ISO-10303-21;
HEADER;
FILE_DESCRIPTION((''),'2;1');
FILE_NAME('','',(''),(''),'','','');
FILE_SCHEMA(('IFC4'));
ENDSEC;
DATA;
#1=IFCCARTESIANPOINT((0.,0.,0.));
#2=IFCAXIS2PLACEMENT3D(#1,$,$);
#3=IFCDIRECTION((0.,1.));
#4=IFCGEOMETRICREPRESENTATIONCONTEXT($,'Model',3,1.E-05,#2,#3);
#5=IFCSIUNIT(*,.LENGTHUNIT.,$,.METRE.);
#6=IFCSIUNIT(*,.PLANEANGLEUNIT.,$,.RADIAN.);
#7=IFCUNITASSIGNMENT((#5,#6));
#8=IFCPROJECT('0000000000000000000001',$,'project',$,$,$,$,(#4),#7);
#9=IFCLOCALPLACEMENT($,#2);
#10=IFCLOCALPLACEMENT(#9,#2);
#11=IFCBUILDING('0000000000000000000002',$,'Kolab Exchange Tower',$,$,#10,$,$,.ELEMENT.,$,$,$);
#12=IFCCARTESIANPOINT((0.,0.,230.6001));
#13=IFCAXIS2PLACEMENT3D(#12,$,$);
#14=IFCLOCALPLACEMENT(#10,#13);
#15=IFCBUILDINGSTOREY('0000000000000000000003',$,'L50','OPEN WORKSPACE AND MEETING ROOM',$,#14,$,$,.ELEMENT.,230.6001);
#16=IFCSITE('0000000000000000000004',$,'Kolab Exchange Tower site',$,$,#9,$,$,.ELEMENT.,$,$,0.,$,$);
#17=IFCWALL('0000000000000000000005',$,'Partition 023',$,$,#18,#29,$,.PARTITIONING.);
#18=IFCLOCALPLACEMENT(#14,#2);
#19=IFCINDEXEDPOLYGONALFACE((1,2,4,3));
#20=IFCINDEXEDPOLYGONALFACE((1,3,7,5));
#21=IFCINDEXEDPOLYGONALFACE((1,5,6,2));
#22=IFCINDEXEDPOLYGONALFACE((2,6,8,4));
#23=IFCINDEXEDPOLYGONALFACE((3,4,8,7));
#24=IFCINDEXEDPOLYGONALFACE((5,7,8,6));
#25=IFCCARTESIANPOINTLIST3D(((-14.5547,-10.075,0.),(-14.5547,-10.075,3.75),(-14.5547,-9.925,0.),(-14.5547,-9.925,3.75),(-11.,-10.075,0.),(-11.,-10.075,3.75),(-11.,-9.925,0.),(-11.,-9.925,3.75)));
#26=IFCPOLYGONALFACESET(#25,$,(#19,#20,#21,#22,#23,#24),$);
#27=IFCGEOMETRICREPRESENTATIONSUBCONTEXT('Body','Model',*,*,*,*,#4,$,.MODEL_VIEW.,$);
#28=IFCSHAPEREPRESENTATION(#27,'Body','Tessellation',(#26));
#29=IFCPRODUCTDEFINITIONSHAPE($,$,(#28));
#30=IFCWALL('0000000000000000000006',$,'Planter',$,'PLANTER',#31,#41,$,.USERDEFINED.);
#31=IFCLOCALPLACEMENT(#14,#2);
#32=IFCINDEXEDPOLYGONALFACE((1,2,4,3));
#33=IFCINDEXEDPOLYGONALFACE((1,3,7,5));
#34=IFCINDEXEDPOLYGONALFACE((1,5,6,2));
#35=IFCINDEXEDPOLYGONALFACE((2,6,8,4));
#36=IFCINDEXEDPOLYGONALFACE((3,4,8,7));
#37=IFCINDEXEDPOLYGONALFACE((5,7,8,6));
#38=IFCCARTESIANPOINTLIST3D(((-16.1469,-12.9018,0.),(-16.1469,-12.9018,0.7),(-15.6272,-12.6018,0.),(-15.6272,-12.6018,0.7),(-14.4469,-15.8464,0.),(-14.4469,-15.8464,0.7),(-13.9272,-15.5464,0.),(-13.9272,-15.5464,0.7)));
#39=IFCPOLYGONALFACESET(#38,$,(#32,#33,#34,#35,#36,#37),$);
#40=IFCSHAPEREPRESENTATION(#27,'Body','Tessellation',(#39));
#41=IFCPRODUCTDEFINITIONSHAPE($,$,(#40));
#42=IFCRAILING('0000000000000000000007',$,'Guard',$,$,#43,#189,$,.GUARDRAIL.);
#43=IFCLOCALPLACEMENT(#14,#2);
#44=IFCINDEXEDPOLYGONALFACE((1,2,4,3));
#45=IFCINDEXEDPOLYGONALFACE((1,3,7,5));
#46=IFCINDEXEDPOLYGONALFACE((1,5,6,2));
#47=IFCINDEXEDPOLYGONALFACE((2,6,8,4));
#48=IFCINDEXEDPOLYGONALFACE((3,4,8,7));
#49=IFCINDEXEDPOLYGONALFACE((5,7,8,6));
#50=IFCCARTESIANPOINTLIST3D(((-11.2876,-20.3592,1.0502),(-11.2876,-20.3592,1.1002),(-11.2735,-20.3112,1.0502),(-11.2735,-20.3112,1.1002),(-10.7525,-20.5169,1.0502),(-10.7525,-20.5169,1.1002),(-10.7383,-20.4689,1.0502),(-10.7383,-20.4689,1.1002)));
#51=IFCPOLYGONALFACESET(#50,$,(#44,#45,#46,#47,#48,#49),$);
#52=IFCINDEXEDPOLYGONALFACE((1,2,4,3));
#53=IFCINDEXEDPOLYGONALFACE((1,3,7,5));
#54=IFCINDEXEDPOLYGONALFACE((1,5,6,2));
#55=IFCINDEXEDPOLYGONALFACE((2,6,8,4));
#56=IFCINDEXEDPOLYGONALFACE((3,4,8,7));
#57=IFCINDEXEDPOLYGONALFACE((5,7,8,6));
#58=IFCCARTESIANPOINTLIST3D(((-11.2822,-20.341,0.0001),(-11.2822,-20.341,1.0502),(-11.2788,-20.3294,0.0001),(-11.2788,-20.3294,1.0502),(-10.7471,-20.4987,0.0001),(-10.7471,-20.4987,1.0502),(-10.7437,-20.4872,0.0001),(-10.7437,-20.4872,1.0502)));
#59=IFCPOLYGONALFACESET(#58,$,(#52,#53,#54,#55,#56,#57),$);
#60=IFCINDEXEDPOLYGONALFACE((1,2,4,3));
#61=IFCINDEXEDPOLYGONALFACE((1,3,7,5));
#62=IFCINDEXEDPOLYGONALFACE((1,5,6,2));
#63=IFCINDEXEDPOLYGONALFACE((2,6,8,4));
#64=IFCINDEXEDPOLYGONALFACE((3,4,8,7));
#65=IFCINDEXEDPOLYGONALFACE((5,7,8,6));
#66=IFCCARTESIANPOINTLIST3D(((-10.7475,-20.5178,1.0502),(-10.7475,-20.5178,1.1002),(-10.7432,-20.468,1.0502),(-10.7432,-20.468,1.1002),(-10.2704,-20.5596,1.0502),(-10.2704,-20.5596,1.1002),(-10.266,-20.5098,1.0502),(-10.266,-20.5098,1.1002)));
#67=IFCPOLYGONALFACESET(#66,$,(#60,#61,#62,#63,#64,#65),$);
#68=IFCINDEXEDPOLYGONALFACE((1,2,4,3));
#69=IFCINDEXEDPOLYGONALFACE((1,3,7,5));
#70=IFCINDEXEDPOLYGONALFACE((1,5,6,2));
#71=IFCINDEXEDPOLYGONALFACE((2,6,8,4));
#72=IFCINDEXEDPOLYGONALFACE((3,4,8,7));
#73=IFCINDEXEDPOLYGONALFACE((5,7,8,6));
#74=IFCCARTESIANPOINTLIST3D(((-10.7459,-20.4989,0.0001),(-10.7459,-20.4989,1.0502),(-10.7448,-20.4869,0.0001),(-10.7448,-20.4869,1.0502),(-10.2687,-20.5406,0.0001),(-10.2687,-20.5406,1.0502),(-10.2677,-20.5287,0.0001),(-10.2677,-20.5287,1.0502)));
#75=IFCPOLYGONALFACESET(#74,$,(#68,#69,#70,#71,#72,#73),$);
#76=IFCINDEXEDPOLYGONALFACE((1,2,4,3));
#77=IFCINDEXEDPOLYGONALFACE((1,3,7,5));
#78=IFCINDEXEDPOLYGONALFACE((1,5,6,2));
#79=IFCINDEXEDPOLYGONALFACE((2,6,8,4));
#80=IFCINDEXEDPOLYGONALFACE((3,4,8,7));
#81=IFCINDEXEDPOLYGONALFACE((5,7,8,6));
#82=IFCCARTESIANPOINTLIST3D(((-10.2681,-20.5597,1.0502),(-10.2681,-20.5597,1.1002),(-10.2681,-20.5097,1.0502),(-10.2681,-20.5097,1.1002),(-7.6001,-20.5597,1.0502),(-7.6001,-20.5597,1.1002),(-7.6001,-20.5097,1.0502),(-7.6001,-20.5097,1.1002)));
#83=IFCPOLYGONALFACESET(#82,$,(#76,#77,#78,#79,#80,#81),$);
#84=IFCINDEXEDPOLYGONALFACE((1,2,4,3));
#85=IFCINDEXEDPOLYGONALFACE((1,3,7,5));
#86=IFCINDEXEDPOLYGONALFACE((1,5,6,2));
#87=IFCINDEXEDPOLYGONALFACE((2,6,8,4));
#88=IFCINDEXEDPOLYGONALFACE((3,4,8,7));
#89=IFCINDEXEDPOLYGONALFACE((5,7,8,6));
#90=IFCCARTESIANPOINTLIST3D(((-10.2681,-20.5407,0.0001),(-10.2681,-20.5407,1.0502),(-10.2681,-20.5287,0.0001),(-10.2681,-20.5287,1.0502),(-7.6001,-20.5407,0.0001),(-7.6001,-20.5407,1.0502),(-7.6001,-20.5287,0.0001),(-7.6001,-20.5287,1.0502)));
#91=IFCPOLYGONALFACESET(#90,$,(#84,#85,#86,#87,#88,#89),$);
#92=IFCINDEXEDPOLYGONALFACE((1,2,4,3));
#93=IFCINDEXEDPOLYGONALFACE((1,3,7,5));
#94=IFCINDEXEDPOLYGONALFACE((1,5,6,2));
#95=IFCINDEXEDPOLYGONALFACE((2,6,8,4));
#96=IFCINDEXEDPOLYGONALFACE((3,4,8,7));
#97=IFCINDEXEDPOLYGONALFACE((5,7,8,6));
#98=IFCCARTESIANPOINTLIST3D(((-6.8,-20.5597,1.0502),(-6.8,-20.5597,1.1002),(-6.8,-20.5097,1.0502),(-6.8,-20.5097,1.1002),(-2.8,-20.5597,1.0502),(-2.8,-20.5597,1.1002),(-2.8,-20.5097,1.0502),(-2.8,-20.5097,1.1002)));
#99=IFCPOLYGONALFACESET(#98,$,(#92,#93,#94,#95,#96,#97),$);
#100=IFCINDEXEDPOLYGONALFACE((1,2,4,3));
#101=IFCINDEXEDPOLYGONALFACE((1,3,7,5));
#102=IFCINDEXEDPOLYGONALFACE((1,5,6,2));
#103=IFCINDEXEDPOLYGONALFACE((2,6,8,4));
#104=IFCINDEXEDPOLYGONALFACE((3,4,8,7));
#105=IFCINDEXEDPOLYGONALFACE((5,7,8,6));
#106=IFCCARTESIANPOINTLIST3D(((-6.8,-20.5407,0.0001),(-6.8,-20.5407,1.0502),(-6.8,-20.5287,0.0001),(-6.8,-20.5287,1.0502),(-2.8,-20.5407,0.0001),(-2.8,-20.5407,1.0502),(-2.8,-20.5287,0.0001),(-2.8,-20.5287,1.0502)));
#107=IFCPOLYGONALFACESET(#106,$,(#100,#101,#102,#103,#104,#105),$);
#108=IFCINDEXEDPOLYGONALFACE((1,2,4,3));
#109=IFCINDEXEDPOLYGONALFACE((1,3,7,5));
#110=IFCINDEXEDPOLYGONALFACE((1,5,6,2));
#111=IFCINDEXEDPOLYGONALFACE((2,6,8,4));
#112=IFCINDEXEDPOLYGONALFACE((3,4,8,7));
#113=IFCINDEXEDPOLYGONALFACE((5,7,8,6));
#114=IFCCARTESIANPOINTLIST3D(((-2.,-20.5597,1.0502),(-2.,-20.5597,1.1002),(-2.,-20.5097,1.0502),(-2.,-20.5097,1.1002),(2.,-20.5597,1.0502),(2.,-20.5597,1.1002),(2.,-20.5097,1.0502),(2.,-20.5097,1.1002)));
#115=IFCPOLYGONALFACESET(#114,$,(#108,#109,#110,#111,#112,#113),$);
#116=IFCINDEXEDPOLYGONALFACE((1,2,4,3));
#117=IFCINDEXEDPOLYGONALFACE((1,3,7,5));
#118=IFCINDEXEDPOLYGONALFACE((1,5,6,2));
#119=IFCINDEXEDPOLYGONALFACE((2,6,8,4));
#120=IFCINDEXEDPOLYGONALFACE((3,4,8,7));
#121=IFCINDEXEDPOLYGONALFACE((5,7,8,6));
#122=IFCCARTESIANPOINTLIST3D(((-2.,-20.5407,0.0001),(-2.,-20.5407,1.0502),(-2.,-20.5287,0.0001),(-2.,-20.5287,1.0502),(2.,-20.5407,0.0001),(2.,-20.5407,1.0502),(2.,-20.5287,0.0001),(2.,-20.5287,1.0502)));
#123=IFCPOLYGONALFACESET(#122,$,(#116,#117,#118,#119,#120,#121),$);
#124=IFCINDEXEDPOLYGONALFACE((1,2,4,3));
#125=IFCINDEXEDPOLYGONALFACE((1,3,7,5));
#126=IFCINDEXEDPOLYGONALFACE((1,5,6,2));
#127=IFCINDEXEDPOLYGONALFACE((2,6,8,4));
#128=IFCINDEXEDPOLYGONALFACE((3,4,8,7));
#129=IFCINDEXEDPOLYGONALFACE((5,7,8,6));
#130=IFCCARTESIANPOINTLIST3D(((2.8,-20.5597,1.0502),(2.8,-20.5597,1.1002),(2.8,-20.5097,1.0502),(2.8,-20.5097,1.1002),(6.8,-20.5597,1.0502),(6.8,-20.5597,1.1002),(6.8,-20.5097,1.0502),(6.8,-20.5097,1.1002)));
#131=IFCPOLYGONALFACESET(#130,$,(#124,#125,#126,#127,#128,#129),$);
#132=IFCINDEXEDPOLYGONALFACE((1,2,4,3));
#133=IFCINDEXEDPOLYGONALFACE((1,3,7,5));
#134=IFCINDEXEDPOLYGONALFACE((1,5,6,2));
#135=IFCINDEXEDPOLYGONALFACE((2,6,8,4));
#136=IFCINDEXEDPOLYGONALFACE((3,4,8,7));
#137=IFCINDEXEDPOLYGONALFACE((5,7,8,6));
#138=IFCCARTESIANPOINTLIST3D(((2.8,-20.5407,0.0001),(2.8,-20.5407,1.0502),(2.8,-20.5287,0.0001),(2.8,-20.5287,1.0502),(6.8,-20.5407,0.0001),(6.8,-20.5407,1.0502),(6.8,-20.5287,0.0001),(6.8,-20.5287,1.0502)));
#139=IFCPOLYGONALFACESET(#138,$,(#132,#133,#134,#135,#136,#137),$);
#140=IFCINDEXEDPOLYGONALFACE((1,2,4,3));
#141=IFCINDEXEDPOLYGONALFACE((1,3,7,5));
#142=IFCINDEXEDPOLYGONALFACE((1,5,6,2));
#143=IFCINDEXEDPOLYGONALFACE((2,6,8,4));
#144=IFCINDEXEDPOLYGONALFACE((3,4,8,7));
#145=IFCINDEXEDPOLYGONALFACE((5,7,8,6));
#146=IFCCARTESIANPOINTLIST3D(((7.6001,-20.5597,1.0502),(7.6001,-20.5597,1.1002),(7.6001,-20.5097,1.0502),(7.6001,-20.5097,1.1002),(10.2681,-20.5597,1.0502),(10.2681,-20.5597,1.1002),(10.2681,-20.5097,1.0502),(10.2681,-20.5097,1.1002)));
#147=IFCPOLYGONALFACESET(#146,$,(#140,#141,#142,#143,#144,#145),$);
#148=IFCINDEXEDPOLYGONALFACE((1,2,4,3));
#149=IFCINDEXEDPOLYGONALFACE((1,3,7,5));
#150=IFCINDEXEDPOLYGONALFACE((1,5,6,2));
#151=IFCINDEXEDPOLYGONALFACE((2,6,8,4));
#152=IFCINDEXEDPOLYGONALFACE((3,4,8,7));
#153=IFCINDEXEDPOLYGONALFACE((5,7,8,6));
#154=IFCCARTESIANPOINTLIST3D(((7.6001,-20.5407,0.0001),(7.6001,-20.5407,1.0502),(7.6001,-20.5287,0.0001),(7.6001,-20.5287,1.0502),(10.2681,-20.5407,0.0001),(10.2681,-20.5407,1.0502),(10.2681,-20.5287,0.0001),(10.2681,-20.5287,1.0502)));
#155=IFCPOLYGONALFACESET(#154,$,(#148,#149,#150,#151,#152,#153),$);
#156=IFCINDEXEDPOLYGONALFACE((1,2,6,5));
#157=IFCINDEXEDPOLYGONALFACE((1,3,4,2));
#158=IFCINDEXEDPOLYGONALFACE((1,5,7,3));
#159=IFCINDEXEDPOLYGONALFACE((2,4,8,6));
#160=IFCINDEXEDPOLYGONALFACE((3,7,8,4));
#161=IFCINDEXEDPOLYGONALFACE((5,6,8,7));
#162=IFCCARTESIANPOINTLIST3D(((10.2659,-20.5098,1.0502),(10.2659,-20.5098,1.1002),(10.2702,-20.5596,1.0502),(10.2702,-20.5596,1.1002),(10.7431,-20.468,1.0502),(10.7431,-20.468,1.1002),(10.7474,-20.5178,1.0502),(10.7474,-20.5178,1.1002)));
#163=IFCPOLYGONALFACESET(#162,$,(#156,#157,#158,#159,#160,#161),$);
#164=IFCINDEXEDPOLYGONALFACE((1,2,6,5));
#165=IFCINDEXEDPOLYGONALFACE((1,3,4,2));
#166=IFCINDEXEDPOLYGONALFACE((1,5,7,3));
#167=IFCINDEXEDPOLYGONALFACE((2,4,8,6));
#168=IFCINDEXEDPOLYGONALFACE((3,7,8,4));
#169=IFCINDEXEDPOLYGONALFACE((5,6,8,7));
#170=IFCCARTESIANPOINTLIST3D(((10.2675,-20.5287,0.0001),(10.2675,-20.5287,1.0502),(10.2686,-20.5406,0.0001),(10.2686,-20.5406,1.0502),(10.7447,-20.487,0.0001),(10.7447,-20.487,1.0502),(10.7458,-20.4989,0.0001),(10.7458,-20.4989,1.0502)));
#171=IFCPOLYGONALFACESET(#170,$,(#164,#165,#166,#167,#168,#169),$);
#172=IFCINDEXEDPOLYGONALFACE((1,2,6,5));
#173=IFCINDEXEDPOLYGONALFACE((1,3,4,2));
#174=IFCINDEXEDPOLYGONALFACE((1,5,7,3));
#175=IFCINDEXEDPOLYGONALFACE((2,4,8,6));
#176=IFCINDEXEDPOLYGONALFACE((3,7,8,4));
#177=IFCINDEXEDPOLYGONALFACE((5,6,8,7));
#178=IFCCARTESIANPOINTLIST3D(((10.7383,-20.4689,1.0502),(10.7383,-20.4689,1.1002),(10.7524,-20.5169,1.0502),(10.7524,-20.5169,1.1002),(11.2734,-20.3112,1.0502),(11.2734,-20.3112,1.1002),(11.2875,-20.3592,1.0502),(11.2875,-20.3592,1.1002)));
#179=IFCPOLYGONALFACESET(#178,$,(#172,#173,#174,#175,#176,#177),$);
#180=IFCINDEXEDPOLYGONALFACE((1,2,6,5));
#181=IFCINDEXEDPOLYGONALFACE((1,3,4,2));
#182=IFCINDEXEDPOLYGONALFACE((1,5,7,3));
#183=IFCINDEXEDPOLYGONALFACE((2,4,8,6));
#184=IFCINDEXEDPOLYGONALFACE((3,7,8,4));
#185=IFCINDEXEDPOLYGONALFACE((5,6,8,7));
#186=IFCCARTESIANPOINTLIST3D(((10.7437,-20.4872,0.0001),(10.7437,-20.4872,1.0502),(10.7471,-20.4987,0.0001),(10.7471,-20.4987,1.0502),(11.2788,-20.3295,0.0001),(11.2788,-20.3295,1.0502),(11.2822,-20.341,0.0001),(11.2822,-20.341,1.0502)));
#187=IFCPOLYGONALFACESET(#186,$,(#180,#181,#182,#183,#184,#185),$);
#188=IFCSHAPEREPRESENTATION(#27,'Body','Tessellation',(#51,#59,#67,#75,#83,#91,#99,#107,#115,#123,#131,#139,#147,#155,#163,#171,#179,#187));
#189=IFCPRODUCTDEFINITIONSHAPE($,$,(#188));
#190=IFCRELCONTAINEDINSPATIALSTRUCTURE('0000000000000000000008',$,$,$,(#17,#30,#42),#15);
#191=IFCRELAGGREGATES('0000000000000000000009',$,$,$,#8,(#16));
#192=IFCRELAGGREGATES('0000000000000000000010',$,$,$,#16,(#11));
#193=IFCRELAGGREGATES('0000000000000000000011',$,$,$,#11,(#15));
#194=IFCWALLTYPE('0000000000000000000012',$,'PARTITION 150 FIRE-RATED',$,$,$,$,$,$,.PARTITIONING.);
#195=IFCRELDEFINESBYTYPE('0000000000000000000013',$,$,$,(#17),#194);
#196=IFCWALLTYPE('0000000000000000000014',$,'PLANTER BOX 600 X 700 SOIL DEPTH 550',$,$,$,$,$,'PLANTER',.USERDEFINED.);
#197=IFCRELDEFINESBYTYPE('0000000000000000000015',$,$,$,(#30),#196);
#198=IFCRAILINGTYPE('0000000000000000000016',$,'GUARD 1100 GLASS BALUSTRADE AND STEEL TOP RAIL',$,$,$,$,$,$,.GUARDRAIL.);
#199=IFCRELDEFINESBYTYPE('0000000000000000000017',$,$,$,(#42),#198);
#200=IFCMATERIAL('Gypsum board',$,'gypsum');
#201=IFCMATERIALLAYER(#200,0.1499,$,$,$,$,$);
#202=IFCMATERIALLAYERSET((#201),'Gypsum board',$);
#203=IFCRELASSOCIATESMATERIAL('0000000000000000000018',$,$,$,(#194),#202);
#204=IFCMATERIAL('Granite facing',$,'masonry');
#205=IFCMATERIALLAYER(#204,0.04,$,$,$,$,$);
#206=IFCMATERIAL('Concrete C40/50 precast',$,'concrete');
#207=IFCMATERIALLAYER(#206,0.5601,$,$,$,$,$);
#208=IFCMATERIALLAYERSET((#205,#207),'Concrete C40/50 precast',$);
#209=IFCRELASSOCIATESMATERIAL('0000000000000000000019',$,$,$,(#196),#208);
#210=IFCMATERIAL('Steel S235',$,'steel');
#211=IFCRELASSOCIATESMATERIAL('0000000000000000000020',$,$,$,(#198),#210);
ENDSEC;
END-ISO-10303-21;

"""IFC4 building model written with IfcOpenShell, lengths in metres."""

from ifc_helpers import new_model, si_unit, direction, frame, frame_2d, origin, origin_2d, place, context, subcontext, project, spatial, rectangle, extrude, material, layer, layer_set, type_object, element, save


model = new_model("IFC4")

# Units and contexts
model_context = context("Model", 3, precision=1e-05, world=origin(), true_north=direction((0.0, 1.0)))
body_context = subcontext(model_context, "Body", "Model", "MODEL_VIEW")
ifc_project = project(units=[si_unit("LENGTHUNIT", "METRE"), si_unit("PLANEANGLEUNIT", "RADIAN")], contexts=[model_context])

# Site, building, storey
site_placement = place(None, origin())
site = spatial("IfcSite", under=ifc_project, at=site_placement, Name="Kolab Exchange Tower site", CompositionType="ELEMENT", RefElevation=0.0)
building_placement = place(site_placement, origin())
building = spatial("IfcBuilding", under=site, at=building_placement, Name="Kolab Exchange Tower", CompositionType="ELEMENT")
storey_placement = place(building_placement, frame((0.0, 0.0, 230.6001)))
storey = spatial("IfcBuildingStorey", under=building, at=storey_placement, Name="L50", Description="OPEN WORKSPACE AND MEETING ROOM", CompositionType="ELEMENT", Elevation=230.6001)

# Shared definitions
ifc_material_1 = material(Name="Gypsum board", Category="gypsum")
ifc_layer_1 = layer(ifc_material_1, 0.1499)
ifc_layer_set_1 = layer_set([ifc_layer_1], Name="Gypsum board")
wall_type_1 = type_object("IfcWallType", Name="PARTITION 150 FIRE-RATED", PredefinedType="PARTITIONING", material=ifc_layer_set_1)
ifc_material_2 = material(Name="Steel S235", Category="steel")

# Walls
wall_1_placement = place(storey_placement, frame((-14.5547, -10.0, 0.0), z_axis=(0.0, 0.0, 1.0), x_axis=(1.0, 0.0, 0.0)))
element("IfcWall", 1, at=wall_1_placement, inside=storey, type_object=wall_type_1, Name="Partition 023", PredefinedType="PARTITIONING", context=body_context, shape_type="SweptSolid", body=[
    extrude(rectangle(XDim=3.5547, YDim=0.1499, at=frame_2d((1.7773, 0.0))), origin(), (0.0, 0.0, 1.0), 3.75),
])
ifc_material_3 = material(Name="Granite facing", Category="masonry")
ifc_layer_2 = layer(ifc_material_3, 0.04)
ifc_material_4 = material(Name="Concrete C40/50 precast", Category="concrete")
ifc_layer_3 = layer(ifc_material_4, 0.5601)
ifc_layer_set_2 = layer_set([ifc_layer_2, ifc_layer_3], Name="Concrete C40/50 precast")
wall_type_2 = type_object("IfcWallType", Name="PLANTER BOX 600 X 700 SOIL DEPTH 550", ElementType="PLANTER", PredefinedType="USERDEFINED", material=ifc_layer_set_2)
wall_2_placement = place(storey_placement, frame((-14.187, -15.6965, 0.0), z_axis=(0.0, 0.0, 1.0), x_axis=(-0.499977, 0.866039, 0.0)))
element("IfcWall", 2, at=wall_2_placement, inside=storey, type_object=wall_type_2, Name="Planter", ObjectType="PLANTER", PredefinedType="USERDEFINED", context=body_context, shape_type="SweptSolid", body=[
    extrude(rectangle(XDim=3.4001, YDim=0.6001, at=frame_2d((1.7002, 0.0))), origin(), (0.0, 0.0, 1.0), 0.7),
])

# Railing
railing_type = type_object("IfcRailingType", Name="GUARD 1100 GLASS BALUSTRADE AND STEEL TOP RAIL", PredefinedType="GUARDRAIL", material=ifc_material_2)
railing_placement = place(storey_placement, frame((-11.2805, -20.3352, 0.0)))
element("IfcRailing", 3, at=railing_placement, inside=storey, type_object=railing_type, Name="Guard", PredefinedType="GUARDRAIL", context=body_context, shape_type="SweptSolid", body=[
    extrude(rectangle(XDim=0.05, YDim=0.05, at=origin_2d()), frame((0.0, 0.0, 1.0752), z_axis=(0.959212, -0.282687, 0.0), x_axis=(0.282687, 0.959212, 0.0)), (0.0, 0.0, 1.0), 0.5579),
    extrude(rectangle(XDim=0.012, YDim=1.0501, at=frame_2d((0.0, 0.5251))), frame((0.0, 0.0, 0.0), z_axis=(0.959212, -0.282687, 0.0), x_axis=(0.282687, 0.959212, 0.0)), (0.0, 0.0, 1.0), 0.5579),
    extrude(rectangle(XDim=0.05, YDim=0.05, at=origin_2d()), frame((0.5352, -0.1577, 1.0752), z_axis=(0.996196, -0.087135, 0.0), x_axis=(0.087135, 0.996196, 0.0)), (0.0, 0.0, 1.0), 0.479),
    extrude(rectangle(XDim=0.012, YDim=1.0501, at=frame_2d((0.0, 0.5251))), frame((0.5352, -0.1577, 0.0), z_axis=(0.996196, -0.087135, 0.0), x_axis=(0.087135, 0.996196, 0.0)), (0.0, 0.0, 1.0), 0.479),
    extrude(rectangle(XDim=0.05, YDim=0.05, at=origin_2d()), frame((1.0125, -0.1995, 1.0752), z_axis=(1.0, 0.0, 0.0), x_axis=(0.0, 1.0, 0.0)), (0.0, 0.0, 1.0), 2.668),
    extrude(rectangle(XDim=0.012, YDim=1.0501, at=frame_2d((0.0, 0.5251))), frame((1.0125, -0.1995, 0.0), z_axis=(1.0, 0.0, 0.0), x_axis=(0.0, 1.0, 0.0)), (0.0, 0.0, 1.0), 2.668),
    extrude(rectangle(XDim=0.05, YDim=0.05, at=origin_2d()), frame((4.4805, -0.1995, 1.0752), z_axis=(1.0, 0.0, 0.0), x_axis=(0.0, 1.0, 0.0)), (0.0, 0.0, 1.0), 4.0),
    extrude(rectangle(XDim=0.012, YDim=1.0501, at=frame_2d((0.0, 0.5251))), frame((4.4805, -0.1995, 0.0), z_axis=(1.0, 0.0, 0.0), x_axis=(0.0, 1.0, 0.0)), (0.0, 0.0, 1.0), 4.0),
    extrude(rectangle(XDim=0.05, YDim=0.05, at=origin_2d()), frame((9.2805, -0.1995, 1.0752), z_axis=(1.0, 0.0, 0.0), x_axis=(0.0, 1.0, 0.0)), (0.0, 0.0, 1.0), 4.0),
    extrude(rectangle(XDim=0.012, YDim=1.0501, at=frame_2d((0.0, 0.5251))), frame((9.2805, -0.1995, 0.0), z_axis=(1.0, 0.0, 0.0), x_axis=(0.0, 1.0, 0.0)), (0.0, 0.0, 1.0), 4.0),
    extrude(rectangle(XDim=0.05, YDim=0.05, at=origin_2d()), frame((14.0806, -0.1995, 1.0752), z_axis=(1.0, 0.0, 0.0), x_axis=(0.0, 1.0, 0.0)), (0.0, 0.0, 1.0), 4.0),
    extrude(rectangle(XDim=0.012, YDim=1.0501, at=frame_2d((0.0, 0.5251))), frame((14.0806, -0.1995, 0.0), z_axis=(1.0, 0.0, 0.0), x_axis=(0.0, 1.0, 0.0)), (0.0, 0.0, 1.0), 4.0),
    extrude(rectangle(XDim=0.05, YDim=0.05, at=origin_2d()), frame((18.8806, -0.1995, 1.0752), z_axis=(1.0, 0.0, 0.0), x_axis=(0.0, 1.0, 0.0)), (0.0, 0.0, 1.0), 2.668),
    extrude(rectangle(XDim=0.012, YDim=1.0501, at=frame_2d((0.0, 0.5251))), frame((18.8806, -0.1995, 0.0), z_axis=(1.0, 0.0, 0.0), x_axis=(0.0, 1.0, 0.0)), (0.0, 0.0, 1.0), 2.668),
    extrude(rectangle(XDim=0.05, YDim=0.05, at=origin_2d()), frame((21.5486, -0.1995, 1.0752), z_axis=(0.996196, 0.087135, 0.0), x_axis=(-0.087135, 0.996196, 0.0)), (0.0, 0.0, 1.0), 0.479),
    extrude(rectangle(XDim=0.012, YDim=1.0501, at=frame_2d((0.0, 0.5251))), frame((21.5486, -0.1995, 0.0), z_axis=(0.996196, 0.087135, 0.0), x_axis=(-0.087135, 0.996196, 0.0)), (0.0, 0.0, 1.0), 0.479),
    extrude(rectangle(XDim=0.05, YDim=0.05, at=origin_2d()), frame((22.0259, -0.1577, 1.0752), z_axis=(0.959212, 0.282687, 0.0), x_axis=(-0.282687, 0.959212, 0.0)), (0.0, 0.0, 1.0), 0.5579),
    extrude(rectangle(XDim=0.012, YDim=1.0501, at=frame_2d((0.0, 0.5251))), frame((22.0259, -0.1577, 0.0), z_axis=(0.959212, 0.282687, 0.0), x_axis=(-0.282687, 0.959212, 0.0)), (0.0, 0.0, 1.0), 0.5579),
])

save(model, "model.ifc")
